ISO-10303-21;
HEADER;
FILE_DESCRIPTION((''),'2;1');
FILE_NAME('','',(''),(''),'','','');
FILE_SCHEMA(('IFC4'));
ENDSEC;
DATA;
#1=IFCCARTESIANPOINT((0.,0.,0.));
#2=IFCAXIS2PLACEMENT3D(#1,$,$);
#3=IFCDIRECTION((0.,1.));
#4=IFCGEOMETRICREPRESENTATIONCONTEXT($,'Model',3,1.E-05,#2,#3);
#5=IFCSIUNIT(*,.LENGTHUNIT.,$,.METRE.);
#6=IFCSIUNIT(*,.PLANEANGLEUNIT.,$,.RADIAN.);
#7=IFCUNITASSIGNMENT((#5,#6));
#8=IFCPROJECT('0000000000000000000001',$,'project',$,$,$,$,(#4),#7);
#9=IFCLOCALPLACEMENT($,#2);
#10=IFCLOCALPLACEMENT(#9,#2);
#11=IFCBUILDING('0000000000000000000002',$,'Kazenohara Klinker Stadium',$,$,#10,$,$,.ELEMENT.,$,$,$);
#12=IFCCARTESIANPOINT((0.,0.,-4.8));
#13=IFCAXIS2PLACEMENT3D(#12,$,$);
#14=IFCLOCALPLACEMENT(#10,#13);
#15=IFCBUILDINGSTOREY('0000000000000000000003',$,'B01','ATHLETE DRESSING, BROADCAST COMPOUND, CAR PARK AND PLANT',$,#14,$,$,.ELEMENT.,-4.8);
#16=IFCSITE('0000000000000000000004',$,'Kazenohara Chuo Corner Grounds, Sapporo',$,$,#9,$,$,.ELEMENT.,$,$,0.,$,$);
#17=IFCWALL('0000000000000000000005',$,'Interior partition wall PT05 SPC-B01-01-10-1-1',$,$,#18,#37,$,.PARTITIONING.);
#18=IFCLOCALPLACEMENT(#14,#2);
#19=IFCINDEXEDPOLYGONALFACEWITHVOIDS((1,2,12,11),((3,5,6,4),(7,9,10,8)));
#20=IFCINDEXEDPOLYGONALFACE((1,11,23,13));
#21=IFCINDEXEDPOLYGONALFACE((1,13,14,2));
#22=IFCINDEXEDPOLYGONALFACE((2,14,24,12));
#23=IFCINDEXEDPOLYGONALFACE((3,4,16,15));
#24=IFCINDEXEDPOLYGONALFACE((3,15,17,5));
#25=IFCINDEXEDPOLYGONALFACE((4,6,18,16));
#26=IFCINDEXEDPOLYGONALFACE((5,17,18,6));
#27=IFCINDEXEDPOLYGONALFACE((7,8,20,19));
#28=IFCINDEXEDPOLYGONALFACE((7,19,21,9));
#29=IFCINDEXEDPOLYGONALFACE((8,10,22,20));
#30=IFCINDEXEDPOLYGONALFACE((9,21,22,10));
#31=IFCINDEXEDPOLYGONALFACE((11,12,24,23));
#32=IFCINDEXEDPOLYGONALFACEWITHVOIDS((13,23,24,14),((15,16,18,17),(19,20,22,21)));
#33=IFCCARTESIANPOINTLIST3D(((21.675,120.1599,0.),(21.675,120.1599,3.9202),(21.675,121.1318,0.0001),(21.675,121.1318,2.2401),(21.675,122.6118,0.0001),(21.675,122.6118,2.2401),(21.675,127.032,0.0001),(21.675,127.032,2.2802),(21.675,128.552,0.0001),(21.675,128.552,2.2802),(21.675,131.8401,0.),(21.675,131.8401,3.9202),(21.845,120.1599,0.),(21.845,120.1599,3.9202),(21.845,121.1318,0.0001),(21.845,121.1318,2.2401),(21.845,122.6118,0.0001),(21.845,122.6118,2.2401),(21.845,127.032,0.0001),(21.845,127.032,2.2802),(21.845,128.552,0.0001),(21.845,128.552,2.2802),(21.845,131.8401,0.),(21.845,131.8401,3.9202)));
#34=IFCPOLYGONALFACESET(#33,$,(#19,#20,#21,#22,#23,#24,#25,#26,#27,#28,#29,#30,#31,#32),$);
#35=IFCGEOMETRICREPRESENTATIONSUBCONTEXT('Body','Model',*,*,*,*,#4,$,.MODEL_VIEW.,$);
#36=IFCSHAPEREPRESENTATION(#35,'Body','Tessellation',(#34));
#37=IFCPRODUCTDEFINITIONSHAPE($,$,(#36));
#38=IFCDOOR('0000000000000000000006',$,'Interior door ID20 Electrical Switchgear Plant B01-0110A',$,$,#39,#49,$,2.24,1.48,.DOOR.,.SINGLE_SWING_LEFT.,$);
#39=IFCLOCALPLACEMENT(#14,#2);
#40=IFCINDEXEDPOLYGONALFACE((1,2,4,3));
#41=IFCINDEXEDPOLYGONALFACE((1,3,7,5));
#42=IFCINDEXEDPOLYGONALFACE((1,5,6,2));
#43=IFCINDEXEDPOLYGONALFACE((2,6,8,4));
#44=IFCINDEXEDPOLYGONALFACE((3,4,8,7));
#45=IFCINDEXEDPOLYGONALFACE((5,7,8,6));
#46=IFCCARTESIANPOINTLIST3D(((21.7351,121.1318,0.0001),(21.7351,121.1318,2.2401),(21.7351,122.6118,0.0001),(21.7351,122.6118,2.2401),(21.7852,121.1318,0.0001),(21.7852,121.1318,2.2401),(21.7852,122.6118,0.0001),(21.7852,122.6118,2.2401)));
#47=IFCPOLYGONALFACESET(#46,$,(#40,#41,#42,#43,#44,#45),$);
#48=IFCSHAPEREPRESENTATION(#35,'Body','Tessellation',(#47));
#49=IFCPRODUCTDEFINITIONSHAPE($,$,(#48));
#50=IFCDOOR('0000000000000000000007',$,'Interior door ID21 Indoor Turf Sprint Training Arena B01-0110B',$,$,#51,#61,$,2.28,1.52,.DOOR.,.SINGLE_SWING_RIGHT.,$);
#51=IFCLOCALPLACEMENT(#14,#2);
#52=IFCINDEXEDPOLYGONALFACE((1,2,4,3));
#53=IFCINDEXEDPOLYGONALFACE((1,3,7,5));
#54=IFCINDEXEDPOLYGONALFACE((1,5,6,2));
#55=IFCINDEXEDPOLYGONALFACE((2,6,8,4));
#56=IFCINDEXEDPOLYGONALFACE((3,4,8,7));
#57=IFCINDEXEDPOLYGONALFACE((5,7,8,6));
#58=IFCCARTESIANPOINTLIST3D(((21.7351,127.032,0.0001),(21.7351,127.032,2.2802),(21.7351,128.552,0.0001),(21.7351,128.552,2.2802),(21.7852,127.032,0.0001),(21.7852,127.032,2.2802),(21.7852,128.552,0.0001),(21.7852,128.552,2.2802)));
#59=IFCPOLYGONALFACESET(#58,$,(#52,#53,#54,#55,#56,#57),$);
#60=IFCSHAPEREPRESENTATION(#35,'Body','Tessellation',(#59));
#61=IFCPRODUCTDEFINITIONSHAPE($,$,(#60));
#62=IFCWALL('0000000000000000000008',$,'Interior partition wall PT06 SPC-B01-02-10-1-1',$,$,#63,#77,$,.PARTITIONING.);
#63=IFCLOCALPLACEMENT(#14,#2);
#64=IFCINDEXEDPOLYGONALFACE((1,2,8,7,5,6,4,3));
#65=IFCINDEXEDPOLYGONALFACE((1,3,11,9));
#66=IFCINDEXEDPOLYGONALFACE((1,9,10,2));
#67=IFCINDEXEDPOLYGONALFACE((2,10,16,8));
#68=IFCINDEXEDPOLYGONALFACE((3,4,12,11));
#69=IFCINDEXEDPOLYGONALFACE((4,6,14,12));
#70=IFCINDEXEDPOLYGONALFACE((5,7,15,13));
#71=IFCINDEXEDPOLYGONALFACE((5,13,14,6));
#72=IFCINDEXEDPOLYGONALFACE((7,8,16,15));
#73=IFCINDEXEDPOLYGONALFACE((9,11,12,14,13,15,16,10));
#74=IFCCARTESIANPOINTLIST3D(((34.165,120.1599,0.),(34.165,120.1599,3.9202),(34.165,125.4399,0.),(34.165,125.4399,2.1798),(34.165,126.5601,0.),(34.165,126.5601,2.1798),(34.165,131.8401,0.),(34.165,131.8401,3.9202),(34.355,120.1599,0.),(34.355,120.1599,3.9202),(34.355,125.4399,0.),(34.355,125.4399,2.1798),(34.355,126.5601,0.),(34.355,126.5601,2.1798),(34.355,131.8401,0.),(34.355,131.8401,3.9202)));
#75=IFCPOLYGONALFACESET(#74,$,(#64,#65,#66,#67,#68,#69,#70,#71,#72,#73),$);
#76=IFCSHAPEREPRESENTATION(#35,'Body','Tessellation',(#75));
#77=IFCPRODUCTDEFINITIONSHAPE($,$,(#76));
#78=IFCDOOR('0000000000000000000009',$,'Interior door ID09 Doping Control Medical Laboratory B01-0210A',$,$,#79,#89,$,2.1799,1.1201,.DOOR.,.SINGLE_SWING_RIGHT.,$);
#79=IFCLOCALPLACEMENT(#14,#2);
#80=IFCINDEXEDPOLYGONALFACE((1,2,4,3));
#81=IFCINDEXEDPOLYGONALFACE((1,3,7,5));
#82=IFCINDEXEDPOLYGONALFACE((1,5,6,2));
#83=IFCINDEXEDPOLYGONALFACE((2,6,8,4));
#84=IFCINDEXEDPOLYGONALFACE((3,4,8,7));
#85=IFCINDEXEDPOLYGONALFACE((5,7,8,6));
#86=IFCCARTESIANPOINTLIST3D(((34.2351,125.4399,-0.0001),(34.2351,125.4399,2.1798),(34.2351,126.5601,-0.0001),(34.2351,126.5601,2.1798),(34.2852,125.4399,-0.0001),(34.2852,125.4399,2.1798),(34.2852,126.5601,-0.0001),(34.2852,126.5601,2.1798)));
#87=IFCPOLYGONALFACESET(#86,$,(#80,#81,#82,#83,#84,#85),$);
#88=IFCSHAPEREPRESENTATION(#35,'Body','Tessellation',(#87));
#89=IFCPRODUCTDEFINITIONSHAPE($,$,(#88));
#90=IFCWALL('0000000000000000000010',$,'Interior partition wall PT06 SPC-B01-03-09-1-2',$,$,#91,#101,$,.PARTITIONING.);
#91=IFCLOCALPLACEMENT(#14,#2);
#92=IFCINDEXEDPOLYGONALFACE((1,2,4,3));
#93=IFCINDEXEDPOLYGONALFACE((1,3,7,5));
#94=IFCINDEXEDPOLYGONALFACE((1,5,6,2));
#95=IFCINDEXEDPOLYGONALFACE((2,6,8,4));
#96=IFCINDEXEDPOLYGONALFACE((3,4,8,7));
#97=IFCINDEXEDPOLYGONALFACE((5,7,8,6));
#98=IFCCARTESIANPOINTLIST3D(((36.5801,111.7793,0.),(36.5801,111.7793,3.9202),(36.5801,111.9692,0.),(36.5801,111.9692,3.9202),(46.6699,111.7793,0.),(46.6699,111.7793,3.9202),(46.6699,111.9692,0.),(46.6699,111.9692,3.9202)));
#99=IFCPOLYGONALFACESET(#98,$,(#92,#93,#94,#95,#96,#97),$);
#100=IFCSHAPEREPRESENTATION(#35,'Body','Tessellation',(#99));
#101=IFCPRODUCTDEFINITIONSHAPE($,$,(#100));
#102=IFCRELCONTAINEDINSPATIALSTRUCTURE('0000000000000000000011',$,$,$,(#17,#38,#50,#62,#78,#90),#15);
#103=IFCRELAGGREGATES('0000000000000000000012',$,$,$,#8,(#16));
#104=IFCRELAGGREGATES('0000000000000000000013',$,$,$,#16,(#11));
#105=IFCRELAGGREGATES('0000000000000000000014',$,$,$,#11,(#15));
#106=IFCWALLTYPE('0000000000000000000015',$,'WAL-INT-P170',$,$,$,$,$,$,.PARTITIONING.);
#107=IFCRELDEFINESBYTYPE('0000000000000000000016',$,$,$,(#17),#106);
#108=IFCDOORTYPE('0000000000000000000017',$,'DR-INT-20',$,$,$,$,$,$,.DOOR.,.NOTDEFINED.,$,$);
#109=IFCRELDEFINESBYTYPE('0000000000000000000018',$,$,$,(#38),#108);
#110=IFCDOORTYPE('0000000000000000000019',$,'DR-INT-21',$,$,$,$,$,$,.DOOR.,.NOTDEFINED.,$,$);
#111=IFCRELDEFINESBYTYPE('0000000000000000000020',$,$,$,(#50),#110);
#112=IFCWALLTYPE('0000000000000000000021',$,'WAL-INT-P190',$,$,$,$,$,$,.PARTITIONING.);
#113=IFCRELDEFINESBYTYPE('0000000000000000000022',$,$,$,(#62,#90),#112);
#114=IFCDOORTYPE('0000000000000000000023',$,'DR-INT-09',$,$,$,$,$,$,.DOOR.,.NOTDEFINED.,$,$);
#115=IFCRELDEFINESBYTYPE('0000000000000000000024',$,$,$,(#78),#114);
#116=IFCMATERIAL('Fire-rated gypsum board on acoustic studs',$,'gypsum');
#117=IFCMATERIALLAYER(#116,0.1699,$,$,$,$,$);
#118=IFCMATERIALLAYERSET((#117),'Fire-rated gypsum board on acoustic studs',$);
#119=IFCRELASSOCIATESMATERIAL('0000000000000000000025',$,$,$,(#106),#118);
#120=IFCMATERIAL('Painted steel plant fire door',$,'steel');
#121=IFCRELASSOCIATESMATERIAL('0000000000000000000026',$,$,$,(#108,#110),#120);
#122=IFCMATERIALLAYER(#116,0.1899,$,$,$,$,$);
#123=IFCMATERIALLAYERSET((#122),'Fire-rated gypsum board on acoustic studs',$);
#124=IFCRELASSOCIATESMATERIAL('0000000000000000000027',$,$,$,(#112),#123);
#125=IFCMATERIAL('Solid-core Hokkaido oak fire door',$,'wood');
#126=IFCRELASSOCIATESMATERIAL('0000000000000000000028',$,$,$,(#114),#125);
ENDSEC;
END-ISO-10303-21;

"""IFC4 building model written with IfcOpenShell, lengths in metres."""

from ifc_helpers import new_model, si_unit, direction, frame, frame_2d, origin, place, context, subcontext, project, spatial, rectangle, extrude, material, layer, layer_set, type_object, element, fill, save


model = new_model("IFC4")

# Units and contexts
model_context = context("Model", 3, precision=1e-05, world=origin(), true_north=direction((0.0, 1.0)))
body_context = subcontext(model_context, "Body", "Model", "MODEL_VIEW")
ifc_project = project(units=[si_unit("LENGTHUNIT", "METRE"), si_unit("PLANEANGLEUNIT", "RADIAN")], contexts=[model_context])

# Site, building, storey
site_placement = place(None, origin())
site = spatial("IfcSite", under=ifc_project, at=site_placement, Name="Kazenohara Chuo Corner Grounds, Sapporo", CompositionType="ELEMENT", RefElevation=0.0)
building_placement = place(site_placement, origin())
building = spatial("IfcBuilding", under=site, at=building_placement, Name="Kazenohara Klinker Stadium", CompositionType="ELEMENT")
storey_placement = place(building_placement, frame((0.0, 0.0, -4.8)))
storey = spatial("IfcBuildingStorey", under=building, at=storey_placement, Name="B01", Description="ATHLETE DRESSING, BROADCAST COMPOUND, CAR PARK AND PLANT", CompositionType="ELEMENT", Elevation=-4.8)

# Shared definitions
ifc_material_1 = material(Name="Fire-rated gypsum board on acoustic studs", Category="gypsum")
ifc_material_2 = material(Name="Solid-core Hokkaido oak fire door", Category="wood")

# Wall, openings, doors
ifc_layer_1 = layer(ifc_material_1, 0.1699)
ifc_layer_set_1 = layer_set([ifc_layer_1], Name="Fire-rated gypsum board on acoustic studs")
wall_type_1 = type_object("IfcWallType", Name="WAL-INT-P170", PredefinedType="PARTITIONING", material=ifc_layer_set_1)
wall_1_placement = place(storey_placement, frame((21.76, 120.1599, 0.0), z_axis=(0.0, 0.0, 1.0), x_axis=(0.0, 1.0, 0.0)))
wall_1 = element("IfcWall", 1, at=wall_1_placement, inside=storey, type_object=wall_type_1, Name="Interior partition wall PT05 SPC-B01-01-10-1-1", PredefinedType="PARTITIONING", context=body_context, shape_type="SweptSolid", body=[
    extrude(rectangle(XDim=11.6802, YDim=0.1699, at=frame_2d((5.8401, 0.0))), origin(), (0.0, 0.0, 1.0), 3.9202),
])
opening_1_placement = place(wall_1_placement, frame((0.9719, 0.0, 0.0)))
opening_1 = element("IfcOpeningElement", 2, at=opening_1_placement, cuts=wall_1, PredefinedType="OPENING", context=body_context, shape_type="SweptSolid", body=[
    extrude(rectangle(XDim=1.48, YDim=2.24, at=frame_2d((0.74, 1.1201))), frame((0.0, 0.095, 0.0), z_axis=(0.0, -1.0, 0.0), x_axis=(1.0, 0.0, 0.0)), (0.0, 0.0, 1.0), 0.1899),
])
opening_2_placement = place(wall_1_placement, frame((6.8721, 0.0, 0.0)))
opening_2 = element("IfcOpeningElement", 3, at=opening_2_placement, cuts=wall_1, PredefinedType="OPENING", context=body_context, shape_type="SweptSolid", body=[
    extrude(rectangle(XDim=1.52, YDim=2.28, at=frame_2d((0.76, 1.1401))), frame((0.0, 0.095, 0.0), z_axis=(0.0, -1.0, 0.0), x_axis=(1.0, 0.0, 0.0)), (0.0, 0.0, 1.0), 0.1899),
])
ifc_material_3 = material(Name="Painted steel plant fire door", Category="steel")
door_type_1 = type_object("IfcDoorType", Name="DR-INT-20", OperationType="NOTDEFINED", PredefinedType="DOOR", material=ifc_material_3)
door_1_placement = place(opening_1_placement, origin())
door_1 = element("IfcDoor", 4, at=door_1_placement, inside=storey, type_object=door_type_1, Name="Interior door ID20 Electrical Switchgear Plant B01-0110A", OperationType="SINGLE_SWING_LEFT", OverallHeight=2.24, OverallWidth=1.48, PredefinedType="DOOR", context=body_context, shape_type="SweptSolid", body=[
    extrude(rectangle(XDim=1.48, YDim=2.24, at=frame_2d((0.74, 1.1201))), frame((0.0, 0.0249, 0.0), z_axis=(0.0, -1.0, 0.0), x_axis=(1.0, 0.0, 0.0)), (0.0, 0.0, 1.0), 0.05),
])
fill(opening_1, door_1)
door_type_2 = type_object("IfcDoorType", Name="DR-INT-21", OperationType="NOTDEFINED", PredefinedType="DOOR", material=ifc_material_3)
door_2_placement = place(opening_2_placement, origin())
door_2 = element("IfcDoor", 5, at=door_2_placement, inside=storey, type_object=door_type_2, Name="Interior door ID21 Indoor Turf Sprint Training Arena B01-0110B", OperationType="SINGLE_SWING_RIGHT", OverallHeight=2.28, OverallWidth=1.52, PredefinedType="DOOR", context=body_context, shape_type="SweptSolid", body=[
    extrude(rectangle(XDim=1.52, YDim=2.28, at=frame_2d((0.76, 1.1401))), frame((0.0, 0.0249, 0.0), z_axis=(0.0, -1.0, 0.0), x_axis=(1.0, 0.0, 0.0)), (0.0, 0.0, 1.0), 0.05),
])
fill(opening_2, door_2)

# Wall, opening, door
ifc_layer_2 = layer(ifc_material_1, 0.1899)
ifc_layer_set_2 = layer_set([ifc_layer_2], Name="Fire-rated gypsum board on acoustic studs")
wall_type_2 = type_object("IfcWallType", Name="WAL-INT-P190", PredefinedType="PARTITIONING", material=ifc_layer_set_2)
wall_2_placement = place(storey_placement, frame((34.26, 120.1599, 0.0), z_axis=(0.0, 0.0, 1.0), x_axis=(0.0, 1.0, 0.0)))
wall_2 = element("IfcWall", 6, at=wall_2_placement, inside=storey, type_object=wall_type_2, Name="Interior partition wall PT06 SPC-B01-02-10-1-1", PredefinedType="PARTITIONING", context=body_context, shape_type="SweptSolid", body=[
    extrude(rectangle(XDim=11.6802, YDim=0.1899, at=frame_2d((5.8401, 0.0))), origin(), (0.0, 0.0, 1.0), 3.9202),
])
opening_3_placement = place(wall_2_placement, frame((5.28, 0.0, 0.0)))
opening_3 = element("IfcOpeningElement", 7, at=opening_3_placement, cuts=wall_2, PredefinedType="OPENING", context=body_context, shape_type="SweptSolid", body=[
    extrude(rectangle(XDim=1.1201, YDim=2.1799, at=frame_2d((0.5601, 1.0898))), frame((0.0, 0.105, 0.0), z_axis=(0.0, -1.0, 0.0), x_axis=(1.0, 0.0, 0.0)), (0.0, 0.0, 1.0), 0.21),
])
door_type_3 = type_object("IfcDoorType", Name="DR-INT-09", OperationType="NOTDEFINED", PredefinedType="DOOR", material=ifc_material_2)
door_3_placement = place(opening_3_placement, origin())
door_3 = element("IfcDoor", 8, at=door_3_placement, inside=storey, type_object=door_type_3, Name="Interior door ID09 Doping Control Medical Laboratory B01-0210A", OperationType="SINGLE_SWING_RIGHT", OverallHeight=2.1799, OverallWidth=1.1201, PredefinedType="DOOR", context=body_context, shape_type="SweptSolid", body=[
    extrude(rectangle(XDim=1.1201, YDim=2.1799, at=frame_2d((0.5601, 1.0898))), frame((0.0, 0.0249, 0.0), z_axis=(0.0, -1.0, 0.0), x_axis=(1.0, 0.0, 0.0)), (0.0, 0.0, 1.0), 0.05),
])
fill(opening_3, door_3)

# Wall
wall_3_placement = place(storey_placement, frame((36.5801, 111.8743, 0.0), z_axis=(0.0, 0.0, 1.0), x_axis=(1.0, 0.0, 0.0)))
element("IfcWall", 9, at=wall_3_placement, inside=storey, type_object=wall_type_2, Name="Interior partition wall PT06 SPC-B01-03-09-1-2", PredefinedType="PARTITIONING", context=body_context, shape_type="SweptSolid", body=[
    extrude(rectangle(XDim=10.0898, YDim=0.1899, at=frame_2d((5.0449, 0.0))), origin(), (0.0, 0.0, 1.0), 3.9202),
])

save(model, "model.ifc")
